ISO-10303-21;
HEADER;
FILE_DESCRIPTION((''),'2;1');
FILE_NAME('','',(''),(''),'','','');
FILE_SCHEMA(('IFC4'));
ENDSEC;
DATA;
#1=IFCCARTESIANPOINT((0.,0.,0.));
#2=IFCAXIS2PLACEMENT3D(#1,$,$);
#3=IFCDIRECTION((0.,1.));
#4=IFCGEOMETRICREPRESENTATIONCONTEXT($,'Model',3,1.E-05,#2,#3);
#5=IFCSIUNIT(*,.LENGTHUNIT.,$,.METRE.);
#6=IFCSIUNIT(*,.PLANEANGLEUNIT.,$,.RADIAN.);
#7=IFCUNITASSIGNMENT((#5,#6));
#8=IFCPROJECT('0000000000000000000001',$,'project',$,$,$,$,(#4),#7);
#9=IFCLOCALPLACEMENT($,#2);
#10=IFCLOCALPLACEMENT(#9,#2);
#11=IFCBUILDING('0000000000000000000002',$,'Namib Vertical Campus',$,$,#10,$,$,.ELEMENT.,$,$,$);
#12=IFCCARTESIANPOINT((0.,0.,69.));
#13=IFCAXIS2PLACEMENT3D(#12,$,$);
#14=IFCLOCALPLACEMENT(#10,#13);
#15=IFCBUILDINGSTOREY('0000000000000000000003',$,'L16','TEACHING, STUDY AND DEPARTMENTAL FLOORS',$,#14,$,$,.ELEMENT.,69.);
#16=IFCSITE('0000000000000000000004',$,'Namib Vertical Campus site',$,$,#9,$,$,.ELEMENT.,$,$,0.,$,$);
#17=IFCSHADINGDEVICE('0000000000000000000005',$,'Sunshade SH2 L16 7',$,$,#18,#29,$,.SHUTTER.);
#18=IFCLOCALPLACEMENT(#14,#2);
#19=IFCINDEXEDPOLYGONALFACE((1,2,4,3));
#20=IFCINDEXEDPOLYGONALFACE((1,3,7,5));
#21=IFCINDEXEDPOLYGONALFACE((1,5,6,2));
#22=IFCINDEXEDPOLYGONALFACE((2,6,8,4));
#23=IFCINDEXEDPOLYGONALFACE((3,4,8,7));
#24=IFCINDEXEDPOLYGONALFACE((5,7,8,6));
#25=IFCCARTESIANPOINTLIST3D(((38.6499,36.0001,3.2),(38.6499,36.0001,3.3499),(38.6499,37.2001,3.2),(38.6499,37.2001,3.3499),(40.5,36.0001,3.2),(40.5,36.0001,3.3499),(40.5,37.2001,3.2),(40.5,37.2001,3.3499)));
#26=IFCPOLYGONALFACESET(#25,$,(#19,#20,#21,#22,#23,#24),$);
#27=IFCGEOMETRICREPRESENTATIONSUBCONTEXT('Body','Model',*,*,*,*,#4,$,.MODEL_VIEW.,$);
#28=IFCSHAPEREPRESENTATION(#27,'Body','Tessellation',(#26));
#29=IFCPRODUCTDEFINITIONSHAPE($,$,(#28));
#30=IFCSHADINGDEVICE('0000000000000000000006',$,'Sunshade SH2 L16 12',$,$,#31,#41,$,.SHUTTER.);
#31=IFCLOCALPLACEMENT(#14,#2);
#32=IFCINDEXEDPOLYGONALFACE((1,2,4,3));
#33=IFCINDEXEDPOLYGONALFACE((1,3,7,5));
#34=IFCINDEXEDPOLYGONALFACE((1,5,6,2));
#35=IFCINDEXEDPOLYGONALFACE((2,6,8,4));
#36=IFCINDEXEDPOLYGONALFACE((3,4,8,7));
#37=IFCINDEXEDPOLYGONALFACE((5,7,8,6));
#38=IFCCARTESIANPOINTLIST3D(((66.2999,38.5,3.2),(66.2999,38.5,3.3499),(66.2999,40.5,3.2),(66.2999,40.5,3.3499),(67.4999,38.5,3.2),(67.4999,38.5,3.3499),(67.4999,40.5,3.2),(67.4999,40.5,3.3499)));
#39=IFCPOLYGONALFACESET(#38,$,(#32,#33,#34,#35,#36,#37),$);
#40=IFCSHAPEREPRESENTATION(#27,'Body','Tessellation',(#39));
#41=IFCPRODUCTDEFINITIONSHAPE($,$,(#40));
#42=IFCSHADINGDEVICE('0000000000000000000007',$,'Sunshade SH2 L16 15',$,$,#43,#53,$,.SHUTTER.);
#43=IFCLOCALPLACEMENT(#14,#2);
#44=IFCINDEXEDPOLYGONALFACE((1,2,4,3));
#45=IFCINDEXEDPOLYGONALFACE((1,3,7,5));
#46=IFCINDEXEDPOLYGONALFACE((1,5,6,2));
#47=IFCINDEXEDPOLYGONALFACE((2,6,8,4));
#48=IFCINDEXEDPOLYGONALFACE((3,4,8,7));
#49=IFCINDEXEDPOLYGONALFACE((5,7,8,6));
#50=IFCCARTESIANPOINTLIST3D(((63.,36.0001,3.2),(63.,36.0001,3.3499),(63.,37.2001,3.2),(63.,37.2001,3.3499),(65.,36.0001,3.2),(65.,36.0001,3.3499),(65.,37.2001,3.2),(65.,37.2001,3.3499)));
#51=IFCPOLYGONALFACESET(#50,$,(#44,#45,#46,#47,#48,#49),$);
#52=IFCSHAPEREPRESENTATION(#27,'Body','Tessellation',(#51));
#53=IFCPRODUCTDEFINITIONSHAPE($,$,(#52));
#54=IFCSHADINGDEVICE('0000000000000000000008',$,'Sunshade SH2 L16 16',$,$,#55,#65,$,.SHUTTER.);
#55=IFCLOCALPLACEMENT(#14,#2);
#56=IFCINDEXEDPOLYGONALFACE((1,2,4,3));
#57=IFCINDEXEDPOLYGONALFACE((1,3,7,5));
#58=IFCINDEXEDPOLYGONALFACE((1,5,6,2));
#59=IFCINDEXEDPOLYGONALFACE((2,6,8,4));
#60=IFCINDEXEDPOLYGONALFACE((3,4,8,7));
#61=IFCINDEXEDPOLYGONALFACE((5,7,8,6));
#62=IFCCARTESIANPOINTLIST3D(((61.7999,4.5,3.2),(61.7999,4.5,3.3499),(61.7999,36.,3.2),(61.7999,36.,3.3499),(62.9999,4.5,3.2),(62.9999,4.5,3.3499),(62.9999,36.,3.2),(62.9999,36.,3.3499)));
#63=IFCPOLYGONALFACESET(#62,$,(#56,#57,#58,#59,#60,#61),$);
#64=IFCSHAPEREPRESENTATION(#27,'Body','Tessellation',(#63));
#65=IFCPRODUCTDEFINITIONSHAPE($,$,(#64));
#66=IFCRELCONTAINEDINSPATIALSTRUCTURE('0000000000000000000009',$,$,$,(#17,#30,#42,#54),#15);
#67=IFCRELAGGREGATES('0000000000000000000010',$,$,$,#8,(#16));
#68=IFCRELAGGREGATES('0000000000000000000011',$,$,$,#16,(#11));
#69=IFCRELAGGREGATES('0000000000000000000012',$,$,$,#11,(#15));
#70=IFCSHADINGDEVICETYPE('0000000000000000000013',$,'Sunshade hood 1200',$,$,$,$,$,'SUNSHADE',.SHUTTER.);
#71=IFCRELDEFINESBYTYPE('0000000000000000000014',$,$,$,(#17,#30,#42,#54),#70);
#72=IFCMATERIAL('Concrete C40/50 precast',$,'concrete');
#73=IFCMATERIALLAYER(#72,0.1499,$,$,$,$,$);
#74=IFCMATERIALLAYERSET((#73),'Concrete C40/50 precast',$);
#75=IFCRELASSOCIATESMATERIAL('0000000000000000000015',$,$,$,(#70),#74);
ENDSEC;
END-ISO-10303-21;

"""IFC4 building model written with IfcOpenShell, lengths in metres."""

from ifc_helpers import new_model, si_unit, direction, frame, origin, origin_2d, place, context, subcontext, project, spatial, rectangle, extrude, material, layer, layer_set, type_object, element, save


model = new_model("IFC4")

# Units and contexts
model_context = context("Model", 3, precision=1e-05, world=origin(), true_north=direction((0.0, 1.0)))
body_context = subcontext(model_context, "Body", "Model", "MODEL_VIEW")
ifc_project = project(units=[si_unit("LENGTHUNIT", "METRE"), si_unit("PLANEANGLEUNIT", "RADIAN")], contexts=[model_context])

# Site, building, storey
site_placement = place(None, origin())
site = spatial("IfcSite", under=ifc_project, at=site_placement, Name="Namib Vertical Campus site", CompositionType="ELEMENT", RefElevation=0.0)
building_placement = place(site_placement, origin())
building = spatial("IfcBuilding", under=site, at=building_placement, Name="Namib Vertical Campus", CompositionType="ELEMENT")
storey_placement = place(building_placement, frame((0.0, 0.0, 69.0)))
storey = spatial("IfcBuildingStorey", under=building, at=storey_placement, Name="L16", Description="TEACHING, STUDY AND DEPARTMENTAL FLOORS", CompositionType="ELEMENT", Elevation=69.0)

# Shading devices
ifc_material_1 = material(Name="Concrete C40/50 precast", Category="concrete")
ifc_layer_1 = layer(ifc_material_1, 0.1499)
ifc_layer_set_1 = layer_set([ifc_layer_1], Name="Concrete C40/50 precast")
shading_device_type = type_object("IfcShadingDeviceType", Name="Sunshade hood 1200", ElementType="SUNSHADE", PredefinedType="SHUTTER", material=ifc_layer_set_1)
shading_device_1_placement = place(storey_placement, frame((39.575, 36.6001, 3.2), z_axis=(0.0, 0.0, 1.0), x_axis=(-1.0, 0.0, 0.0)))
element("IfcShadingDevice", 1, at=shading_device_1_placement, inside=storey, type_object=shading_device_type, Name="Sunshade SH2 L16 7", PredefinedType="SHUTTER", context=body_context, shape_type="SweptSolid", body=[
    extrude(rectangle(XDim=1.8501, YDim=1.2, at=origin_2d()), origin(), (0.0, 0.0, 1.0), 0.1499),
])
for number, where, z_axis, x_axis, name in (
    (2, (66.8999, 39.5, 3.2), (0.0, 0.0, 1.0), (0.0, -1.0, 0.0), "Sunshade SH2 L16 12"),
    (3, (64.0, 36.6001, 3.2), (0.0, 0.0, 1.0), (-1.0, 0.0, 0.0), "Sunshade SH2 L16 15"),
):
    element("IfcShadingDevice", number, at=place(storey_placement, frame(where, z_axis=z_axis, x_axis=x_axis)), inside=storey, type_object=shading_device_type, Name=name, PredefinedType="SHUTTER", context=body_context, shape_type="SweptSolid", body=[
        extrude(rectangle(XDim=2.0, YDim=1.2, at=origin_2d()), origin(), (0.0, 0.0, 1.0), 0.1499),
    ])
shading_device_2_placement = place(storey_placement, frame((62.3999, 20.25, 3.2), z_axis=(0.0, 0.0, 1.0), x_axis=(0.0, -1.0, 0.0)))
element("IfcShadingDevice", 4, at=shading_device_2_placement, inside=storey, type_object=shading_device_type, Name="Sunshade SH2 L16 16", PredefinedType="SHUTTER", context=body_context, shape_type="SweptSolid", body=[
    extrude(rectangle(XDim=31.5, YDim=1.2, at=origin_2d()), origin(), (0.0, 0.0, 1.0), 0.1499),
])

save(model, "model.ifc")
